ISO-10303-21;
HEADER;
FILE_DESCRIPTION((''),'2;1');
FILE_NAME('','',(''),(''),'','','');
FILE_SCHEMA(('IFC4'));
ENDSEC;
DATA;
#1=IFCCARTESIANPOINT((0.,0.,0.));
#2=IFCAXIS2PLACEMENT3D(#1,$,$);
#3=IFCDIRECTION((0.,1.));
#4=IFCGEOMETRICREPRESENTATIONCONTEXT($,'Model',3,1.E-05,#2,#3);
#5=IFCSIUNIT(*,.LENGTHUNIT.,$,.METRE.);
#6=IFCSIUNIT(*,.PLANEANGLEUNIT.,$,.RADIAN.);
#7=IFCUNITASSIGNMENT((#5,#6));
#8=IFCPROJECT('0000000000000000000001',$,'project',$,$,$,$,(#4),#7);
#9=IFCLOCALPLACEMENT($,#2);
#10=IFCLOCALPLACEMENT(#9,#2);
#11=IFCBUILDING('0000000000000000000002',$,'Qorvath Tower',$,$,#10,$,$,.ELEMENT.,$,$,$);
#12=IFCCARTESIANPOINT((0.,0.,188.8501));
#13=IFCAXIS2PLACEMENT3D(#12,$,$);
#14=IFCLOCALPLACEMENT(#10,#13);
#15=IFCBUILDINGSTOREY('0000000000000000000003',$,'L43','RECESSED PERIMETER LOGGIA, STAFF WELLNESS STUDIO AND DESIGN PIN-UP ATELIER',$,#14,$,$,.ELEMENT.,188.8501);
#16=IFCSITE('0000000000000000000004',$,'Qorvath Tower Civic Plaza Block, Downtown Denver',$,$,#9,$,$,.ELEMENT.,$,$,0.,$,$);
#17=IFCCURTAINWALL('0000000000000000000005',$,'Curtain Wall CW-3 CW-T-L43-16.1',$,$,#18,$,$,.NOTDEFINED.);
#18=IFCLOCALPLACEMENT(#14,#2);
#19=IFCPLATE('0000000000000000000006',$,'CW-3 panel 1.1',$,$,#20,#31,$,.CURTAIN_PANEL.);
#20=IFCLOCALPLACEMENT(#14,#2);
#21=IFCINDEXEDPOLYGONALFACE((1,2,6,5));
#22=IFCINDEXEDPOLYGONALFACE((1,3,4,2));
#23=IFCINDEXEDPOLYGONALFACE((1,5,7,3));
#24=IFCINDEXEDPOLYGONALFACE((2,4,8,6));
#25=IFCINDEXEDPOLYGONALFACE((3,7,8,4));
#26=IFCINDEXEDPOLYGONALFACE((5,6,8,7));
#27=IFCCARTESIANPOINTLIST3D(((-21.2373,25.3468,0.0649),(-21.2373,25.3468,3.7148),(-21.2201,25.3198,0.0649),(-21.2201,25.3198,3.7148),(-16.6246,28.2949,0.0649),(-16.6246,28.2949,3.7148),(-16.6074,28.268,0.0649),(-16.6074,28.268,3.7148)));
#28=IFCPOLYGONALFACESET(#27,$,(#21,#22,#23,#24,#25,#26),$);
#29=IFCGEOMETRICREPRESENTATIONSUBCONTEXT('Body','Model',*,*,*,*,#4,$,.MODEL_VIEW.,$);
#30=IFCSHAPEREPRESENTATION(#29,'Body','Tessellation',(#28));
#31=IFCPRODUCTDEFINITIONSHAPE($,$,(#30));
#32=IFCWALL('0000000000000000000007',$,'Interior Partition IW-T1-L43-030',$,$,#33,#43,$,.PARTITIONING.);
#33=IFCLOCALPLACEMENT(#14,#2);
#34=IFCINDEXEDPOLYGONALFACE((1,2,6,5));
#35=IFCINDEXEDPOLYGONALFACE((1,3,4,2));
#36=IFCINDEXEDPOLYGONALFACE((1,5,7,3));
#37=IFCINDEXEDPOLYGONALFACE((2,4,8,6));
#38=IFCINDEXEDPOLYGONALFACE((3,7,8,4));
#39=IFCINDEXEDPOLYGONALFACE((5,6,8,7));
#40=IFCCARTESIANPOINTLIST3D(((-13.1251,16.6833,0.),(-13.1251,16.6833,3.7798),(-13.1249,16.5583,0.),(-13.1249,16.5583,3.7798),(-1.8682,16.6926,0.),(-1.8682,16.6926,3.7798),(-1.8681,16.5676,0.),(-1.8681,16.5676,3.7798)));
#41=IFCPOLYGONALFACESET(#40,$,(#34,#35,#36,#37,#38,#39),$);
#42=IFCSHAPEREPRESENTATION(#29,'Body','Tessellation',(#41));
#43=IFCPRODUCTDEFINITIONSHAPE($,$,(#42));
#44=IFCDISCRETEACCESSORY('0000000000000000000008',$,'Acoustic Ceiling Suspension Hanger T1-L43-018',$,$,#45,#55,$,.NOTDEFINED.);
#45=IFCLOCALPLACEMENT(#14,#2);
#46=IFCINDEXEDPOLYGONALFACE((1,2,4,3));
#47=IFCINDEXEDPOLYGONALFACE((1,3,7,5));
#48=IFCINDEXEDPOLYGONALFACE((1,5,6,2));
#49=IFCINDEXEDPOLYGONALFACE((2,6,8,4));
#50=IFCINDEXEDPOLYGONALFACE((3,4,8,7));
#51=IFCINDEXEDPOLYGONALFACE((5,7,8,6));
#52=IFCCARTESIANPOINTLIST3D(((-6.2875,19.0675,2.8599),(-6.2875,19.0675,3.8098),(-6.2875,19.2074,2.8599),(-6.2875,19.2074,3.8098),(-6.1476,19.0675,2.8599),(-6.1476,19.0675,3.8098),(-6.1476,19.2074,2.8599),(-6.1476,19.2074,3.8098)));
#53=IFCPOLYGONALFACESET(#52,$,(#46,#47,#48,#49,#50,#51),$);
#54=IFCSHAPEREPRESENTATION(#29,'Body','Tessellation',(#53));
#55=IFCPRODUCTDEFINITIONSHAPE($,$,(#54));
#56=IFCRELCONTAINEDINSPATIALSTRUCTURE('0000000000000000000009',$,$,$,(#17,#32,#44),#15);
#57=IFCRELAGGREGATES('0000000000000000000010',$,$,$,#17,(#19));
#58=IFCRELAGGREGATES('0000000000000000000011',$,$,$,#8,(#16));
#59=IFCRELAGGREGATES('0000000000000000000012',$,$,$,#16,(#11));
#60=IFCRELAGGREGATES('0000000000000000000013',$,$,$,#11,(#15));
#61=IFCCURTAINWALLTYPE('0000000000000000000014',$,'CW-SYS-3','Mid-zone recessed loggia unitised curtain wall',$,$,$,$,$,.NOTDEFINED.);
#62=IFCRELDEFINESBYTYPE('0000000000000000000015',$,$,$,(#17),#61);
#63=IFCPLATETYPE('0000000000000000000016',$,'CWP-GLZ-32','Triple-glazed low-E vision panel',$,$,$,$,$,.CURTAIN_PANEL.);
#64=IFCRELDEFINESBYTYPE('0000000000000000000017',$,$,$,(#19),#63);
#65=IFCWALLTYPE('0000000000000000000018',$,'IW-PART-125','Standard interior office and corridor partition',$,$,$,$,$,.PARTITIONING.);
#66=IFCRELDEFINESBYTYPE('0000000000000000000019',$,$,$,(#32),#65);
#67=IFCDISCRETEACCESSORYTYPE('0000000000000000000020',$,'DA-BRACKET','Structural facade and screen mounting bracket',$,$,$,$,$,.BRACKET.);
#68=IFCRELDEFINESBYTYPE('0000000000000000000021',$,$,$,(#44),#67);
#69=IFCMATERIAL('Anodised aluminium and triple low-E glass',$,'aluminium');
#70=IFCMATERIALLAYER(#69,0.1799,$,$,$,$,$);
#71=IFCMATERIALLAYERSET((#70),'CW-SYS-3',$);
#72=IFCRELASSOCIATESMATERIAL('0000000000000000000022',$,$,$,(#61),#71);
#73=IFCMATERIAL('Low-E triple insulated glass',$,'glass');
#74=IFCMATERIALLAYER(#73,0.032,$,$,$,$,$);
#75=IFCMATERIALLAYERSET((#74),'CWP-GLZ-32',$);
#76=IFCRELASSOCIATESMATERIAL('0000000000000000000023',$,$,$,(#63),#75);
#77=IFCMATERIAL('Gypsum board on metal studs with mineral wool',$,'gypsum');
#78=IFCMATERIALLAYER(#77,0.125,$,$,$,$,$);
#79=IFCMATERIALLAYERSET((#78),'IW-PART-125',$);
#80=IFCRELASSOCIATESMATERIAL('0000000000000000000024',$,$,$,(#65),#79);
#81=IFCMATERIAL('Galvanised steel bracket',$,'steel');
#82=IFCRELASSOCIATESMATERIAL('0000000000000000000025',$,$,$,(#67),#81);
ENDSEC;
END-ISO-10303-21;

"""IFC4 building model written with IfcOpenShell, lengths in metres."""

from ifc_helpers import new_model, si_unit, direction, frame, frame_2d, origin, origin_2d, place, context, subcontext, project, spatial, rectangle, extrude, material, layer, layer_set, type_object, element, aggregate, save


model = new_model("IFC4")

# Units and contexts
model_context = context("Model", 3, precision=1e-05, world=origin(), true_north=direction((0.0, 1.0)))
body_context = subcontext(model_context, "Body", "Model", "MODEL_VIEW")
ifc_project = project(units=[si_unit("LENGTHUNIT", "METRE"), si_unit("PLANEANGLEUNIT", "RADIAN")], contexts=[model_context])

# Site, building, storey
site_placement = place(None, origin())
site = spatial("IfcSite", under=ifc_project, at=site_placement, Name="Qorvath Tower Civic Plaza Block, Downtown Denver", CompositionType="ELEMENT", RefElevation=0.0)
building_placement = place(site_placement, origin())
building = spatial("IfcBuilding", under=site, at=building_placement, Name="Qorvath Tower", CompositionType="ELEMENT")
storey_placement = place(building_placement, frame((0.0, 0.0, 188.8501)))
storey = spatial("IfcBuildingStorey", under=building, at=storey_placement, Name="L43", Description="RECESSED PERIMETER LOGGIA, STAFF WELLNESS STUDIO AND DESIGN PIN-UP ATELIER", CompositionType="ELEMENT", Elevation=188.8501)

# Shared definitions
ifc_material_1 = material(Name="Anodised aluminium and triple low-E glass", Category="aluminium")
ifc_layer_1 = layer(ifc_material_1, 0.1799)
ifc_layer_set_1 = layer_set([ifc_layer_1], Name="CW-SYS-3")
curtain_wall_type = type_object("IfcCurtainWallType", Name="CW-SYS-3", Description="Mid-zone recessed loggia unitised curtain wall", PredefinedType="NOTDEFINED", material=ifc_layer_set_1)

# Curtain wall
curtain_wall_1_placement = place(storey_placement, origin())
curtain_wall_1 = element("IfcCurtainWall", 1, at=curtain_wall_1_placement, inside=storey, type_object=curtain_wall_type, Name="Curtain Wall CW-3 CW-T-L43-16.1", PredefinedType="NOTDEFINED")

# Plate
ifc_material_2 = material(Name="Low-E triple insulated glass", Category="glass")
ifc_layer_2 = layer(ifc_material_2, 0.032)
ifc_layer_set_2 = layer_set([ifc_layer_2], Name="CWP-GLZ-32")
plate_type = type_object("IfcPlateType", Name="CWP-GLZ-32", Description="Triple-glazed low-E vision panel", PredefinedType="CURTAIN_PANEL", material=ifc_layer_set_2)
plate_1_placement = place(storey_placement, frame((-18.9224, 26.8074, 0.0649), z_axis=(0.0, 0.0, 1.0), x_axis=(-0.842606, -0.538531, 0.0)))
plate_1 = element("IfcPlate", 2, at=plate_1_placement, type_object=plate_type, Name="CW-3 panel 1.1", PredefinedType="CURTAIN_PANEL", context=body_context, shape_type="SweptSolid", body=[
    extrude(rectangle(XDim=5.4744, YDim=0.032, at=origin_2d()), origin(), (0.0, 0.0, 1.0), 3.6499),
])
aggregate(curtain_wall_1, [plate_1])

# Wall
ifc_material_3 = material(Name="Gypsum board on metal studs with mineral wool", Category="gypsum")
ifc_layer_3 = layer(ifc_material_3, 0.125)
ifc_layer_set_3 = layer_set([ifc_layer_3], Name="IW-PART-125")
wall_type = type_object("IfcWallType", Name="IW-PART-125", Description="Standard interior office and corridor partition", PredefinedType="PARTITIONING", material=ifc_layer_set_3)
wall_placement = place(storey_placement, frame((-13.125, 16.6208, 0.0), z_axis=(0.0, 0.0, 1.0), x_axis=(1.0, 0.000824, 0.0)))
element("IfcWall", 3, at=wall_placement, inside=storey, type_object=wall_type, Name="Interior Partition IW-T1-L43-030", PredefinedType="PARTITIONING", context=body_context, shape_type="SweptSolid", body=[
    extrude(rectangle(XDim=11.2568, YDim=0.125, at=frame_2d((5.6284, 0.0))), origin(), (0.0, 0.0, 1.0), 3.7798),
])

# Discrete accessory
ifc_material_4 = material(Name="Galvanised steel bracket", Category="steel")
discrete_accessory_type = type_object("IfcDiscreteAccessoryType", Name="DA-BRACKET", Description="Structural facade and screen mounting bracket", PredefinedType="BRACKET", material=ifc_material_4)
discrete_accessory_placement = place(storey_placement, frame((-6.2175, 19.1375, 2.8599), z_axis=(0.0, 0.0, 1.0), x_axis=(1.0, 0.0, 0.0)))
element("IfcDiscreteAccessory", 4, at=discrete_accessory_placement, inside=storey, type_object=discrete_accessory_type, Name="Acoustic Ceiling Suspension Hanger T1-L43-018", PredefinedType="NOTDEFINED", context=body_context, shape_type="SweptSolid", body=[
    extrude(rectangle(XDim=0.1399, YDim=0.1399, at=origin_2d()), origin(), (0.0, 0.0, 1.0), 0.95),
])

save(model, "model.ifc")
